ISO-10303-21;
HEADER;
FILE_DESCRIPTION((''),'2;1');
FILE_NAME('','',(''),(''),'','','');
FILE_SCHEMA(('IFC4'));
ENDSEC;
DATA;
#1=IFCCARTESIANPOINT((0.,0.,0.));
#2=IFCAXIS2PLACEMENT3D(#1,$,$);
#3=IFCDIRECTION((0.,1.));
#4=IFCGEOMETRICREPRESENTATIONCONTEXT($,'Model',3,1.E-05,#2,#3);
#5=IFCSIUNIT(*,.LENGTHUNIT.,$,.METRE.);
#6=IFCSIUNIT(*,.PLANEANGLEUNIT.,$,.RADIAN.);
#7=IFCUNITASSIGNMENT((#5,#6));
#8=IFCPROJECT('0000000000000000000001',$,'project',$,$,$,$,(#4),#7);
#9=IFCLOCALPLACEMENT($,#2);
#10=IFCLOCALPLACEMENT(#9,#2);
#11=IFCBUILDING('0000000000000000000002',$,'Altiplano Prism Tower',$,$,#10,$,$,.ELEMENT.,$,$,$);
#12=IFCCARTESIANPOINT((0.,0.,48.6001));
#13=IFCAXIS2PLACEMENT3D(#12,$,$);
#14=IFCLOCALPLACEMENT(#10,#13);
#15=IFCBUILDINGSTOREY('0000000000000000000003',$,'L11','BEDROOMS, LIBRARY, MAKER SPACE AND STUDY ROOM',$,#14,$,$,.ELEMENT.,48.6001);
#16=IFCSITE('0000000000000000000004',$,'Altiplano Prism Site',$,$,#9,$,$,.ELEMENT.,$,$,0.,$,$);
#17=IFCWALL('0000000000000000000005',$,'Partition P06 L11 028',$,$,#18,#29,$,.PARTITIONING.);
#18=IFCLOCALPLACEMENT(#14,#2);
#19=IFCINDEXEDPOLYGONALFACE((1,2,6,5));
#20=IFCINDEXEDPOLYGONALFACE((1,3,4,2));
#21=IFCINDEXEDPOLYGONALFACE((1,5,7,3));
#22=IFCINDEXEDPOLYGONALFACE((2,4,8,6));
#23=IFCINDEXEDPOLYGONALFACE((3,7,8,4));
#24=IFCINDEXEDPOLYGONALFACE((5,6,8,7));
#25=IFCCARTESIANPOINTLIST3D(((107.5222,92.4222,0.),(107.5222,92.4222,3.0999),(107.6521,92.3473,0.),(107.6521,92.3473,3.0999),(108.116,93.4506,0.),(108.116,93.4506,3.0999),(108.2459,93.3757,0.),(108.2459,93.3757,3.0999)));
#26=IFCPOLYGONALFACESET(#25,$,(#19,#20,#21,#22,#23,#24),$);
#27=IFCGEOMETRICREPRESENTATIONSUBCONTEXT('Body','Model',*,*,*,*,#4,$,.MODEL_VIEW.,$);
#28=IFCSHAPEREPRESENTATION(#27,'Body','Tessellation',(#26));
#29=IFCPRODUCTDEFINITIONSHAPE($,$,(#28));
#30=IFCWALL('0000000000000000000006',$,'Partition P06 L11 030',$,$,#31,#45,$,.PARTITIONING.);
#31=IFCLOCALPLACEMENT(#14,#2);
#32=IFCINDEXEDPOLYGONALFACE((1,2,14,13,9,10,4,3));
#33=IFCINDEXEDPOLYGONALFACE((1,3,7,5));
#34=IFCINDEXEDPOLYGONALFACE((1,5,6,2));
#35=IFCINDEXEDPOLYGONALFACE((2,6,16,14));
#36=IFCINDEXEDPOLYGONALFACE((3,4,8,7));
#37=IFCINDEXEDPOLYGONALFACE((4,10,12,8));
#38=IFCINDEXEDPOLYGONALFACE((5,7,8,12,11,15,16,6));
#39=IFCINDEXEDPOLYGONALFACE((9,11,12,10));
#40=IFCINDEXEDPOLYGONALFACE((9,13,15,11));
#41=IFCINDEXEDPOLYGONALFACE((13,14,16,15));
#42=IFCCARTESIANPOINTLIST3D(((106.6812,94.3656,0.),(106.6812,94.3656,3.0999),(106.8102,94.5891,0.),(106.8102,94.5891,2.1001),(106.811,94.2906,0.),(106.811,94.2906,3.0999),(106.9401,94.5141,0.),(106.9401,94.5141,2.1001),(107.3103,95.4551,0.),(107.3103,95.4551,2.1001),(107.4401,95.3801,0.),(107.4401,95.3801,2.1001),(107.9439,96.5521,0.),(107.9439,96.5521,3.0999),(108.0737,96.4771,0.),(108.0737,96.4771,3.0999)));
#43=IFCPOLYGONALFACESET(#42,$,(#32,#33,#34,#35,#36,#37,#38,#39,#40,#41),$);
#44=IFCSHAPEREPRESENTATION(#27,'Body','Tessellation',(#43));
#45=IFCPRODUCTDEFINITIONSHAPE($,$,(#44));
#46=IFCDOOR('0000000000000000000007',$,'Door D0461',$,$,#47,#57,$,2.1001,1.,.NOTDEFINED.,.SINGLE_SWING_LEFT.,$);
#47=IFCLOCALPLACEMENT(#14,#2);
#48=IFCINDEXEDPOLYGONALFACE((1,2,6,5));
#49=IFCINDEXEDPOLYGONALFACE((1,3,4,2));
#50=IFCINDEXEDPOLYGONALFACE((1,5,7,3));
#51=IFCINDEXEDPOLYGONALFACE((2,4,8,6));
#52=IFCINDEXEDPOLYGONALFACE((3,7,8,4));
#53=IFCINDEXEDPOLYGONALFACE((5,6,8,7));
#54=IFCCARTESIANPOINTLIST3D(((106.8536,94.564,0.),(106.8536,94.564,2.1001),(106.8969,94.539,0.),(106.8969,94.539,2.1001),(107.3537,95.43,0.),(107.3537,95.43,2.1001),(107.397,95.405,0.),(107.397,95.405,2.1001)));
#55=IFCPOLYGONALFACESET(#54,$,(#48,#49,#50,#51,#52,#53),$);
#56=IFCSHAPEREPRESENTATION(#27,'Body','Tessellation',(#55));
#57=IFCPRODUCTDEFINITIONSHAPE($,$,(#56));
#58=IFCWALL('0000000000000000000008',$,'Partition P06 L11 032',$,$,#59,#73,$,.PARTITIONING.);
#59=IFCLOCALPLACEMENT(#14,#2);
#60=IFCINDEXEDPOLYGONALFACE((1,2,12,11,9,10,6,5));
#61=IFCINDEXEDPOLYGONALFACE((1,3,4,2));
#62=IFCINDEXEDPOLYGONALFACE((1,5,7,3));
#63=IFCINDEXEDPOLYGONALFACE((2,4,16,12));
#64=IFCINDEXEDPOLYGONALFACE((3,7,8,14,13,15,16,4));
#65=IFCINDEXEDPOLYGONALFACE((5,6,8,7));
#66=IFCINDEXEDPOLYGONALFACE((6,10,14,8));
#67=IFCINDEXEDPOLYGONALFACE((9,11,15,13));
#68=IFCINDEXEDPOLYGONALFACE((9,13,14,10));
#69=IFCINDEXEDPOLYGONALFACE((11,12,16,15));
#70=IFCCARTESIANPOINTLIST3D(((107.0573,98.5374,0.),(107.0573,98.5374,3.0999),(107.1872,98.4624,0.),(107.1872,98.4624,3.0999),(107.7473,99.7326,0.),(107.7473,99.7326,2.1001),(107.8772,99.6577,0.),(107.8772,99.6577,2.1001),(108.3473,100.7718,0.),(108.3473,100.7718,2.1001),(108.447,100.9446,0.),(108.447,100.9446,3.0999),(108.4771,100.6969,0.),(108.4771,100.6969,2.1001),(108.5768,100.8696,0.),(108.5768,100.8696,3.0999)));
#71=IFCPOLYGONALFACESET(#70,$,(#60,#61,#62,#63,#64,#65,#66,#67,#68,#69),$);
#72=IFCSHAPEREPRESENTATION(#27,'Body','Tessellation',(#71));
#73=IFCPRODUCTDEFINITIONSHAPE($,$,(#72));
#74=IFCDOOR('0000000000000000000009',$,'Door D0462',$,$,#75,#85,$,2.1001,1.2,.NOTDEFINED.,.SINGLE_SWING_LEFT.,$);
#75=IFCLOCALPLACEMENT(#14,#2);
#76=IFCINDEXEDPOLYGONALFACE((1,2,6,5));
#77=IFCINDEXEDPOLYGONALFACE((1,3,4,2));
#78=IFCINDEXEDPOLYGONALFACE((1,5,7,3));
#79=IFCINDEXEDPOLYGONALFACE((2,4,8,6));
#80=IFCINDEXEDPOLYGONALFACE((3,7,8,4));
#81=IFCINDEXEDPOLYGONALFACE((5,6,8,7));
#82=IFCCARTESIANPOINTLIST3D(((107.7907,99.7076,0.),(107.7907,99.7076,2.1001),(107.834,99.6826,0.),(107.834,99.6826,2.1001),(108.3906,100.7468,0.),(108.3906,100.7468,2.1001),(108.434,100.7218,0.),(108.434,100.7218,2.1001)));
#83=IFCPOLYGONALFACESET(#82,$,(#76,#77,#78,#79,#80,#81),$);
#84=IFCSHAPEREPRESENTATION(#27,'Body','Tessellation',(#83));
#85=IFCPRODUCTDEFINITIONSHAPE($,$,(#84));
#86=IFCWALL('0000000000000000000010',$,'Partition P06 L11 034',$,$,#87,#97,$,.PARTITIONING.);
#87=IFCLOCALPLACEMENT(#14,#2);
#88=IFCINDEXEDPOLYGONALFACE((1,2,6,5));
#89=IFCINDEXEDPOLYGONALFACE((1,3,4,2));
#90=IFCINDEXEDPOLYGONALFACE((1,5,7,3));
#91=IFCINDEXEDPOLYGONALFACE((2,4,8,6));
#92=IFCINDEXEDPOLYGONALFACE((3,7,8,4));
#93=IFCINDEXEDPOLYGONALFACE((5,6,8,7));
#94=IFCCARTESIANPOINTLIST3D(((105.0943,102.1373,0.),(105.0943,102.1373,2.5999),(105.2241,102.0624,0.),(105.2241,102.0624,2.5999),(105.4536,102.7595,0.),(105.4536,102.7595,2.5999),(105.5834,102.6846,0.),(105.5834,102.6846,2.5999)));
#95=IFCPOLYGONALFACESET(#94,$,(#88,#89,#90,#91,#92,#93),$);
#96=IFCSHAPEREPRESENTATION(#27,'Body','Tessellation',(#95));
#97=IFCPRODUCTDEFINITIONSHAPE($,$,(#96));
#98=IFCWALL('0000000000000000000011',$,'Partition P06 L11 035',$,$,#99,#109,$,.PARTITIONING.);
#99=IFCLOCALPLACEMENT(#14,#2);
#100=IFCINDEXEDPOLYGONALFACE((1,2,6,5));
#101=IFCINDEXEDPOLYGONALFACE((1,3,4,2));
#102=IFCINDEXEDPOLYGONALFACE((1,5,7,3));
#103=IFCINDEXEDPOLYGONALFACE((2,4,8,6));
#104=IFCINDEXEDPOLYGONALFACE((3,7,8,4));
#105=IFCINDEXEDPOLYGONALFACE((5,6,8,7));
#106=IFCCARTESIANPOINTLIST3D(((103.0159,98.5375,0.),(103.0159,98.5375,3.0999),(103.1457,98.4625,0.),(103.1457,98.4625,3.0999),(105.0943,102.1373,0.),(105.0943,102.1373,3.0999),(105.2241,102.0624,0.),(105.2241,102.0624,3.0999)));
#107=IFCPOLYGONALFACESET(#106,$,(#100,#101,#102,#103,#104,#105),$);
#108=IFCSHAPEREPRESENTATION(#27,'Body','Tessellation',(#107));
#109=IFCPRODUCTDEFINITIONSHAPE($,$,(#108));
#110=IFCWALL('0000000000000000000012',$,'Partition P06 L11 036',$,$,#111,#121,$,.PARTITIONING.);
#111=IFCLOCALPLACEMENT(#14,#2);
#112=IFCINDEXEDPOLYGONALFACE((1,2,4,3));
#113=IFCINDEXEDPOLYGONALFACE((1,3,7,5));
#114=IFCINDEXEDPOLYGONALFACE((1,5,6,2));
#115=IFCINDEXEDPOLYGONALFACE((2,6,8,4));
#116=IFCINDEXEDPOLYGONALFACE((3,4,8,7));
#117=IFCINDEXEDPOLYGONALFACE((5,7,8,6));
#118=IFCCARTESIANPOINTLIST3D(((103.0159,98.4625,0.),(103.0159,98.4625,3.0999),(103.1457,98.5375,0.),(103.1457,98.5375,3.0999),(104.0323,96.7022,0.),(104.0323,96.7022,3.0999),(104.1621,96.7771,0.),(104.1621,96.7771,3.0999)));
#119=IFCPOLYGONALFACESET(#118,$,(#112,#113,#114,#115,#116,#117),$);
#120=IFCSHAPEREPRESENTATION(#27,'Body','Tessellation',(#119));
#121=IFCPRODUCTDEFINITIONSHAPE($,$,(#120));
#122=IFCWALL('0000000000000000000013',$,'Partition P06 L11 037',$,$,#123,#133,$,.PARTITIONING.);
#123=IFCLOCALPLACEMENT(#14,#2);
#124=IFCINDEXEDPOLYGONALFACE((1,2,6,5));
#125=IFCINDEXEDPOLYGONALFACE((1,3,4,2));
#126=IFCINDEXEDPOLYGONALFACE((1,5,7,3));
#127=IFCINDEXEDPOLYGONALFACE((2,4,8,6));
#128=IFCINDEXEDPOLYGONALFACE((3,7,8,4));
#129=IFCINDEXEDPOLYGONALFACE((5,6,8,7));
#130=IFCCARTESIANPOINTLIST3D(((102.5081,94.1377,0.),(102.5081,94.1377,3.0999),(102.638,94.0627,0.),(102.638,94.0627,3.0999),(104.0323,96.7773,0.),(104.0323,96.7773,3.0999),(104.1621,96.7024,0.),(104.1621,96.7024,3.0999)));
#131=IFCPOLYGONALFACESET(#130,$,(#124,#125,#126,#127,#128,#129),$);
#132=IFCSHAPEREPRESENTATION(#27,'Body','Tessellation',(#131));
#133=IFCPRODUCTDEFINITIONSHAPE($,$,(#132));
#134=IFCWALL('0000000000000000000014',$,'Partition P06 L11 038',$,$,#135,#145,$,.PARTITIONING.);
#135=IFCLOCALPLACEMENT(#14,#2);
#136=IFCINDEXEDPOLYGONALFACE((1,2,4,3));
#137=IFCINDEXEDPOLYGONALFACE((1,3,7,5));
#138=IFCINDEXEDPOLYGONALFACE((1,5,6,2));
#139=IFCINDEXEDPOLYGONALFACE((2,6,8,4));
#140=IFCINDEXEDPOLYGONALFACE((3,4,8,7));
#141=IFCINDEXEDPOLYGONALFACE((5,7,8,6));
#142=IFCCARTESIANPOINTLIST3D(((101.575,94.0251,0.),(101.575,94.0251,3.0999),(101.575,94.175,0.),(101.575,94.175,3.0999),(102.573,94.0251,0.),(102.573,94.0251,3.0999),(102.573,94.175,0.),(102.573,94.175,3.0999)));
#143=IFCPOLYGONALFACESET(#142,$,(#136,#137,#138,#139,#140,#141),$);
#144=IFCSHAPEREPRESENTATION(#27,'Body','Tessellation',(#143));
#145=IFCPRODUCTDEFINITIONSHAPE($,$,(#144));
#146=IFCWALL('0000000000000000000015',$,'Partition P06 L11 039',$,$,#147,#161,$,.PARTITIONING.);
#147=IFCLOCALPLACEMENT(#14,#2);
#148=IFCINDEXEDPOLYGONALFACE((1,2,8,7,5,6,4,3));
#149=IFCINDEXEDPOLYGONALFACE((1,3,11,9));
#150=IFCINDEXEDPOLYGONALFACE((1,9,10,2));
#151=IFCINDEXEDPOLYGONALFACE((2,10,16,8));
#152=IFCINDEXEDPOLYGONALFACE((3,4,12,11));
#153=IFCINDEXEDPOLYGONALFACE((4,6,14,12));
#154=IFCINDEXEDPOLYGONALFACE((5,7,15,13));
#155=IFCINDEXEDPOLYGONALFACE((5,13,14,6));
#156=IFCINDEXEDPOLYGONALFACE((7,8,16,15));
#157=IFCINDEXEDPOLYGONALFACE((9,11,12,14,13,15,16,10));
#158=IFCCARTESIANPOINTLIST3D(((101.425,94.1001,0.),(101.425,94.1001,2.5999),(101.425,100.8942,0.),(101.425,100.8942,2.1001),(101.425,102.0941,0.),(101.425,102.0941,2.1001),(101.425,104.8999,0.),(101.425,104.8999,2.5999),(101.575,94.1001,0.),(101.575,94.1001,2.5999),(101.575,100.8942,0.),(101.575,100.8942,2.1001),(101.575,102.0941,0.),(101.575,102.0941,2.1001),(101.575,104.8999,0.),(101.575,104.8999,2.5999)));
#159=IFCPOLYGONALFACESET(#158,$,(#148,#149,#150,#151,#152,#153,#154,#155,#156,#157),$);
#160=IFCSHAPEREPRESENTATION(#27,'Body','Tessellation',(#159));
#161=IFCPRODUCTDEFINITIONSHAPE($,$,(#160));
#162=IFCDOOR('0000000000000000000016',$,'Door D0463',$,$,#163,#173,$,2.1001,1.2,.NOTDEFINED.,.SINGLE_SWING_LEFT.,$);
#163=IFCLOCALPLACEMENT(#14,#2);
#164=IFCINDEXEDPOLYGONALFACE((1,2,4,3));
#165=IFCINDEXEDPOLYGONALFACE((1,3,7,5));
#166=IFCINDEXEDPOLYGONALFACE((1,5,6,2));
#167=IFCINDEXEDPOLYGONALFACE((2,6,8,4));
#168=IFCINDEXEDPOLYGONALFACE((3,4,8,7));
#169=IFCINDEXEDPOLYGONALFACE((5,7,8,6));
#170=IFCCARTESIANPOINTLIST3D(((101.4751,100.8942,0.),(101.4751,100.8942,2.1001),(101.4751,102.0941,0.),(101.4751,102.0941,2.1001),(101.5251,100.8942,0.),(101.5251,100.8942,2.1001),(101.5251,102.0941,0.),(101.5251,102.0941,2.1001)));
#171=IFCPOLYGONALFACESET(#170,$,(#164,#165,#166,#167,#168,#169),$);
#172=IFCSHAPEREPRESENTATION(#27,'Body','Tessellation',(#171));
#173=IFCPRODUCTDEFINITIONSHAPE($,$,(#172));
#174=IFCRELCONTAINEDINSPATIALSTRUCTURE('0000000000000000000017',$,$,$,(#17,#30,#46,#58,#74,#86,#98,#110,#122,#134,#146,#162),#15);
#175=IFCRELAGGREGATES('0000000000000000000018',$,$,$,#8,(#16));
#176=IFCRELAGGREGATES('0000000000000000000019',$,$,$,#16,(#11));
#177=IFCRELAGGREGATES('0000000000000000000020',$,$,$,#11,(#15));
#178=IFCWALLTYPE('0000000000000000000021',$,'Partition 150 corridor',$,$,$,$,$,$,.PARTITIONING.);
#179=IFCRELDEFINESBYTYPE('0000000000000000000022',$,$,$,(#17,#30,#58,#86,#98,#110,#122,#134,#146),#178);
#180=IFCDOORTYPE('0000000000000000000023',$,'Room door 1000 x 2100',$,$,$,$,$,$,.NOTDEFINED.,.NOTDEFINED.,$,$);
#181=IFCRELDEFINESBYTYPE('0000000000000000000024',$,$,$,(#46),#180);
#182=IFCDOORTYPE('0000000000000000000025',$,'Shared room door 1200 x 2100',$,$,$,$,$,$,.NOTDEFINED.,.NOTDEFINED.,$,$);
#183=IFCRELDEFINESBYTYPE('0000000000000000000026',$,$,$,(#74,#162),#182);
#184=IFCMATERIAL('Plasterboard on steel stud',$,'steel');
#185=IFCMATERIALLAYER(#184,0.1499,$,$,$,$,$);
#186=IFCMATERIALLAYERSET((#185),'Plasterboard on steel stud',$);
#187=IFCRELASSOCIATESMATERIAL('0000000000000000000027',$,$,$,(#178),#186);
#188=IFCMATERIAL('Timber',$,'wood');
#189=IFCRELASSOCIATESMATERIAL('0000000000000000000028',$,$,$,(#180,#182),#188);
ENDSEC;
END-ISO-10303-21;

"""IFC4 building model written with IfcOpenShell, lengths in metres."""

from ifc_helpers import new_model, si_unit, direction, frame, frame_2d, origin, place, context, subcontext, project, spatial, rectangle, extrude, material, layer, layer_set, type_object, element, fill, save


model = new_model("IFC4")

# Units and contexts
model_context = context("Model", 3, precision=1e-05, world=origin(), true_north=direction((0.0, 1.0)))
body_context = subcontext(model_context, "Body", "Model", "MODEL_VIEW")
ifc_project = project(units=[si_unit("LENGTHUNIT", "METRE"), si_unit("PLANEANGLEUNIT", "RADIAN")], contexts=[model_context])

# Site, building, storey
site_placement = place(None, origin())
site = spatial("IfcSite", under=ifc_project, at=site_placement, Name="Altiplano Prism Site", CompositionType="ELEMENT", RefElevation=0.0)
building_placement = place(site_placement, origin())
building = spatial("IfcBuilding", under=site, at=building_placement, Name="Altiplano Prism Tower", CompositionType="ELEMENT")
storey_placement = place(building_placement, frame((0.0, 0.0, 48.6001)))
storey = spatial("IfcBuildingStorey", under=building, at=storey_placement, Name="L11", Description="BEDROOMS, LIBRARY, MAKER SPACE AND STUDY ROOM", CompositionType="ELEMENT", Elevation=48.6001)

# Shared definitions
ifc_material_1 = material(Name="Plasterboard on steel stud", Category="steel")

# Shared definitions
ifc_material_2 = material(Name="Timber", Category="wood")

# Wall
ifc_layer_1 = layer(ifc_material_1, 0.1499)
ifc_layer_set_1 = layer_set([ifc_layer_1], Name="Plasterboard on steel stud")
wall_type_1 = type_object("IfcWallType", Name="Partition 150 corridor", PredefinedType="PARTITIONING", material=ifc_layer_set_1)
wall_1_placement = place(storey_placement, frame((107.5872, 92.3848, 0.0), z_axis=(0.0, 0.0, 1.0), x_axis=(0.500031, 0.866008, 0.0)))
element("IfcWall", 1, at=wall_1_placement, inside=storey, type_object=wall_type_1, Name="Partition P06 L11 028", PredefinedType="PARTITIONING", context=body_context, shape_type="SweptSolid", body=[
    extrude(rectangle(XDim=1.1875, YDim=0.1499, at=frame_2d((0.5938, 0.0))), origin(), (0.0, 0.0, 1.0), 3.0999),
])

# Walls, openings, doors
wall_2_placement = place(storey_placement, frame((106.7461, 94.3281, 0.0), z_axis=(0.0, 0.0, 1.0), x_axis=(0.500091, 0.865973, 0.0)))
wall_2 = element("IfcWall", 2, at=wall_2_placement, inside=storey, type_object=wall_type_1, Name="Partition P06 L11 030", PredefinedType="PARTITIONING", context=body_context, shape_type="SweptSolid", body=[
    extrude(rectangle(XDim=2.5249, YDim=0.1499, at=frame_2d((1.2625, 0.0))), origin(), (0.0, 0.0, 1.0), 3.0999),
])
opening_1_placement = place(wall_2_placement, frame((0.2581, 0.0, 0.0)))
opening_1 = element("IfcOpeningElement", 3, at=opening_1_placement, cuts=wall_2, PredefinedType="OPENING", context=body_context, shape_type="SweptSolid", body=[
    extrude(rectangle(XDim=1.0, YDim=2.1001, at=frame_2d((0.5, 1.05))), frame((0.0, 0.0854, 0.0), z_axis=(0.0, -1.0, 0.0), x_axis=(1.0, 0.0, 0.0)), (0.0, 0.0, 1.0), 0.1709),
])
door_type_1 = type_object("IfcDoorType", Name="Room door 1000 x 2100", OperationType="NOTDEFINED", PredefinedType="NOTDEFINED", material=ifc_material_2)
door_1_placement = place(opening_1_placement, origin())
door_1 = element("IfcDoor", 4, at=door_1_placement, inside=storey, type_object=door_type_1, Name="Door D0461", OperationType="SINGLE_SWING_LEFT", OverallHeight=2.1001, OverallWidth=1.0, PredefinedType="NOTDEFINED", context=body_context, shape_type="SweptSolid", body=[
    extrude(rectangle(XDim=1.0, YDim=2.1001, at=frame_2d((0.5, 1.05))), frame((0.0, 0.0249, 0.0), z_axis=(0.0, -1.0, 0.0), x_axis=(1.0, 0.0, 0.0)), (0.0, 0.0, 1.0), 0.05),
])
fill(opening_1, door_1)
wall_3_placement = place(storey_placement, frame((107.1223, 98.5, 0.0), z_axis=(0.0, 0.0, 1.0), x_axis=(0.499956, 0.866051, 0.0)))
wall_3 = element("IfcWall", 5, at=wall_3_placement, inside=storey, type_object=wall_type_1, Name="Partition P06 L11 032", PredefinedType="PARTITIONING", context=body_context, shape_type="SweptSolid", body=[
    extrude(rectangle(XDim=2.7795, YDim=0.1499, at=frame_2d((1.3896, 0.0))), origin(), (0.0, 0.0, 1.0), 3.0999),
])
opening_2_placement = place(wall_3_placement, frame((1.3799, 0.0, 0.0)))
opening_2 = element("IfcOpeningElement", 6, at=opening_2_placement, cuts=wall_3, PredefinedType="OPENING", context=body_context, shape_type="SweptSolid", body=[
    extrude(rectangle(XDim=1.2, YDim=2.1001, at=frame_2d((0.6001, 1.05))), frame((0.0, 0.0854, 0.0), z_axis=(0.0, -1.0, 0.0), x_axis=(1.0, 0.0, 0.0)), (0.0, 0.0, 1.0), 0.1709),
])
door_type_2 = type_object("IfcDoorType", Name="Shared room door 1200 x 2100", OperationType="NOTDEFINED", PredefinedType="NOTDEFINED", material=ifc_material_2)
door_2_placement = place(opening_2_placement, origin())
door_2 = element("IfcDoor", 7, at=door_2_placement, inside=storey, type_object=door_type_2, Name="Door D0462", OperationType="SINGLE_SWING_LEFT", OverallHeight=2.1001, OverallWidth=1.2, PredefinedType="NOTDEFINED", context=body_context, shape_type="SweptSolid", body=[
    extrude(rectangle(XDim=1.2, YDim=2.1001, at=frame_2d((0.6001, 1.05))), frame((0.0, 0.0249, 0.0), z_axis=(0.0, -1.0, 0.0), x_axis=(1.0, 0.0, 0.0)), (0.0, 0.0, 1.0), 0.05),
])
fill(opening_2, door_2)

# Walls
wall_4_placement = place(storey_placement, frame((105.5186, 102.7222, 0.0), z_axis=(0.0, 0.0, 1.0), x_axis=(-0.500085, -0.865976, 0.0)))
element("IfcWall", 8, at=wall_4_placement, inside=storey, type_object=wall_type_1, Name="Partition P06 L11 034", PredefinedType="PARTITIONING", context=body_context, shape_type="SweptSolid", body=[
    extrude(rectangle(XDim=0.7185, YDim=0.1499, at=frame_2d((0.3594, 0.0))), origin(), (0.0, 0.0, 1.0), 2.5999),
])
wall_5_placement = place(storey_placement, frame((105.1592, 102.0999, 0.0), z_axis=(0.0, 0.0, 1.0), x_axis=(-0.499999, -0.866026, 0.0)))
element("IfcWall", 9, at=wall_5_placement, inside=storey, type_object=wall_type_1, Name="Partition P06 L11 035", PredefinedType="PARTITIONING", context=body_context, shape_type="SweptSolid", body=[
    extrude(rectangle(XDim=4.1567, YDim=0.1499, at=frame_2d((2.0784, 0.0))), origin(), (0.0, 0.0, 1.0), 3.0999),
])
wall_6_placement = place(storey_placement, frame((103.0808, 98.5, 0.0), z_axis=(0.0, 0.0, 1.0), x_axis=(0.500027, -0.86601, 0.0)))
element("IfcWall", 10, at=wall_6_placement, inside=storey, type_object=wall_type_1, Name="Partition P06 L11 036", PredefinedType="PARTITIONING", context=body_context, shape_type="SweptSolid", body=[
    extrude(rectangle(XDim=2.0327, YDim=0.1499, at=frame_2d((1.0164, 0.0))), origin(), (0.0, 0.0, 1.0), 3.0999),
])
wall_7_placement = place(storey_placement, frame((104.0972, 96.7397, 0.0), z_axis=(0.0, 0.0, 1.0), x_axis=(-0.500041, -0.866002, 0.0)))
element("IfcWall", 11, at=wall_7_placement, inside=storey, type_object=wall_type_1, Name="Partition P06 L11 037", PredefinedType="PARTITIONING", context=body_context, shape_type="SweptSolid", body=[
    extrude(rectangle(XDim=3.0481, YDim=0.1499, at=frame_2d((1.5239, 0.0))), origin(), (0.0, 0.0, 1.0), 3.0999),
])
wall_8_placement = place(storey_placement, frame((102.573, 94.1001, 0.0), z_axis=(0.0, 0.0, 1.0), x_axis=(-1.0, 0.0, 0.0)))
element("IfcWall", 12, at=wall_8_placement, inside=storey, type_object=wall_type_1, Name="Partition P06 L11 038", PredefinedType="PARTITIONING", context=body_context, shape_type="SweptSolid", body=[
    extrude(rectangle(XDim=0.998, YDim=0.1499, at=frame_2d((0.499, 0.0))), origin(), (0.0, 0.0, 1.0), 3.0999),
])

# Wall, opening, door
wall_9_placement = place(storey_placement, frame((101.5, 94.1001, 0.0), z_axis=(0.0, 0.0, 1.0), x_axis=(0.0, 1.0, 0.0)))
wall_9 = element("IfcWall", 13, at=wall_9_placement, inside=storey, type_object=wall_type_1, Name="Partition P06 L11 039", PredefinedType="PARTITIONING", context=body_context, shape_type="SweptSolid", body=[
    extrude(rectangle(XDim=10.7998, YDim=0.1499, at=frame_2d((5.3999, 0.0))), origin(), (0.0, 0.0, 1.0), 2.5999),
])
opening_3_placement = place(wall_9_placement, frame((6.7939, 0.0, 0.0)))
opening_3 = element("IfcOpeningElement", 14, at=opening_3_placement, cuts=wall_9, PredefinedType="OPENING", context=body_context, shape_type="SweptSolid", body=[
    extrude(rectangle(XDim=1.2, YDim=2.1001, at=frame_2d((0.6001, 1.05))), frame((0.0, 0.0854, 0.0), z_axis=(0.0, -1.0, 0.0), x_axis=(1.0, 0.0, 0.0)), (0.0, 0.0, 1.0), 0.1709),
])
door_3_placement = place(opening_3_placement, origin())
door_3 = element("IfcDoor", 15, at=door_3_placement, inside=storey, type_object=door_type_2, Name="Door D0463", OperationType="SINGLE_SWING_LEFT", OverallHeight=2.1001, OverallWidth=1.2, PredefinedType="NOTDEFINED", context=body_context, shape_type="SweptSolid", body=[
    extrude(rectangle(XDim=1.2, YDim=2.1001, at=frame_2d((0.6001, 1.05))), frame((0.0, 0.0249, 0.0), z_axis=(0.0, -1.0, 0.0), x_axis=(1.0, 0.0, 0.0)), (0.0, 0.0, 1.0), 0.05),
])
fill(opening_3, door_3)

save(model, "model.ifc")
